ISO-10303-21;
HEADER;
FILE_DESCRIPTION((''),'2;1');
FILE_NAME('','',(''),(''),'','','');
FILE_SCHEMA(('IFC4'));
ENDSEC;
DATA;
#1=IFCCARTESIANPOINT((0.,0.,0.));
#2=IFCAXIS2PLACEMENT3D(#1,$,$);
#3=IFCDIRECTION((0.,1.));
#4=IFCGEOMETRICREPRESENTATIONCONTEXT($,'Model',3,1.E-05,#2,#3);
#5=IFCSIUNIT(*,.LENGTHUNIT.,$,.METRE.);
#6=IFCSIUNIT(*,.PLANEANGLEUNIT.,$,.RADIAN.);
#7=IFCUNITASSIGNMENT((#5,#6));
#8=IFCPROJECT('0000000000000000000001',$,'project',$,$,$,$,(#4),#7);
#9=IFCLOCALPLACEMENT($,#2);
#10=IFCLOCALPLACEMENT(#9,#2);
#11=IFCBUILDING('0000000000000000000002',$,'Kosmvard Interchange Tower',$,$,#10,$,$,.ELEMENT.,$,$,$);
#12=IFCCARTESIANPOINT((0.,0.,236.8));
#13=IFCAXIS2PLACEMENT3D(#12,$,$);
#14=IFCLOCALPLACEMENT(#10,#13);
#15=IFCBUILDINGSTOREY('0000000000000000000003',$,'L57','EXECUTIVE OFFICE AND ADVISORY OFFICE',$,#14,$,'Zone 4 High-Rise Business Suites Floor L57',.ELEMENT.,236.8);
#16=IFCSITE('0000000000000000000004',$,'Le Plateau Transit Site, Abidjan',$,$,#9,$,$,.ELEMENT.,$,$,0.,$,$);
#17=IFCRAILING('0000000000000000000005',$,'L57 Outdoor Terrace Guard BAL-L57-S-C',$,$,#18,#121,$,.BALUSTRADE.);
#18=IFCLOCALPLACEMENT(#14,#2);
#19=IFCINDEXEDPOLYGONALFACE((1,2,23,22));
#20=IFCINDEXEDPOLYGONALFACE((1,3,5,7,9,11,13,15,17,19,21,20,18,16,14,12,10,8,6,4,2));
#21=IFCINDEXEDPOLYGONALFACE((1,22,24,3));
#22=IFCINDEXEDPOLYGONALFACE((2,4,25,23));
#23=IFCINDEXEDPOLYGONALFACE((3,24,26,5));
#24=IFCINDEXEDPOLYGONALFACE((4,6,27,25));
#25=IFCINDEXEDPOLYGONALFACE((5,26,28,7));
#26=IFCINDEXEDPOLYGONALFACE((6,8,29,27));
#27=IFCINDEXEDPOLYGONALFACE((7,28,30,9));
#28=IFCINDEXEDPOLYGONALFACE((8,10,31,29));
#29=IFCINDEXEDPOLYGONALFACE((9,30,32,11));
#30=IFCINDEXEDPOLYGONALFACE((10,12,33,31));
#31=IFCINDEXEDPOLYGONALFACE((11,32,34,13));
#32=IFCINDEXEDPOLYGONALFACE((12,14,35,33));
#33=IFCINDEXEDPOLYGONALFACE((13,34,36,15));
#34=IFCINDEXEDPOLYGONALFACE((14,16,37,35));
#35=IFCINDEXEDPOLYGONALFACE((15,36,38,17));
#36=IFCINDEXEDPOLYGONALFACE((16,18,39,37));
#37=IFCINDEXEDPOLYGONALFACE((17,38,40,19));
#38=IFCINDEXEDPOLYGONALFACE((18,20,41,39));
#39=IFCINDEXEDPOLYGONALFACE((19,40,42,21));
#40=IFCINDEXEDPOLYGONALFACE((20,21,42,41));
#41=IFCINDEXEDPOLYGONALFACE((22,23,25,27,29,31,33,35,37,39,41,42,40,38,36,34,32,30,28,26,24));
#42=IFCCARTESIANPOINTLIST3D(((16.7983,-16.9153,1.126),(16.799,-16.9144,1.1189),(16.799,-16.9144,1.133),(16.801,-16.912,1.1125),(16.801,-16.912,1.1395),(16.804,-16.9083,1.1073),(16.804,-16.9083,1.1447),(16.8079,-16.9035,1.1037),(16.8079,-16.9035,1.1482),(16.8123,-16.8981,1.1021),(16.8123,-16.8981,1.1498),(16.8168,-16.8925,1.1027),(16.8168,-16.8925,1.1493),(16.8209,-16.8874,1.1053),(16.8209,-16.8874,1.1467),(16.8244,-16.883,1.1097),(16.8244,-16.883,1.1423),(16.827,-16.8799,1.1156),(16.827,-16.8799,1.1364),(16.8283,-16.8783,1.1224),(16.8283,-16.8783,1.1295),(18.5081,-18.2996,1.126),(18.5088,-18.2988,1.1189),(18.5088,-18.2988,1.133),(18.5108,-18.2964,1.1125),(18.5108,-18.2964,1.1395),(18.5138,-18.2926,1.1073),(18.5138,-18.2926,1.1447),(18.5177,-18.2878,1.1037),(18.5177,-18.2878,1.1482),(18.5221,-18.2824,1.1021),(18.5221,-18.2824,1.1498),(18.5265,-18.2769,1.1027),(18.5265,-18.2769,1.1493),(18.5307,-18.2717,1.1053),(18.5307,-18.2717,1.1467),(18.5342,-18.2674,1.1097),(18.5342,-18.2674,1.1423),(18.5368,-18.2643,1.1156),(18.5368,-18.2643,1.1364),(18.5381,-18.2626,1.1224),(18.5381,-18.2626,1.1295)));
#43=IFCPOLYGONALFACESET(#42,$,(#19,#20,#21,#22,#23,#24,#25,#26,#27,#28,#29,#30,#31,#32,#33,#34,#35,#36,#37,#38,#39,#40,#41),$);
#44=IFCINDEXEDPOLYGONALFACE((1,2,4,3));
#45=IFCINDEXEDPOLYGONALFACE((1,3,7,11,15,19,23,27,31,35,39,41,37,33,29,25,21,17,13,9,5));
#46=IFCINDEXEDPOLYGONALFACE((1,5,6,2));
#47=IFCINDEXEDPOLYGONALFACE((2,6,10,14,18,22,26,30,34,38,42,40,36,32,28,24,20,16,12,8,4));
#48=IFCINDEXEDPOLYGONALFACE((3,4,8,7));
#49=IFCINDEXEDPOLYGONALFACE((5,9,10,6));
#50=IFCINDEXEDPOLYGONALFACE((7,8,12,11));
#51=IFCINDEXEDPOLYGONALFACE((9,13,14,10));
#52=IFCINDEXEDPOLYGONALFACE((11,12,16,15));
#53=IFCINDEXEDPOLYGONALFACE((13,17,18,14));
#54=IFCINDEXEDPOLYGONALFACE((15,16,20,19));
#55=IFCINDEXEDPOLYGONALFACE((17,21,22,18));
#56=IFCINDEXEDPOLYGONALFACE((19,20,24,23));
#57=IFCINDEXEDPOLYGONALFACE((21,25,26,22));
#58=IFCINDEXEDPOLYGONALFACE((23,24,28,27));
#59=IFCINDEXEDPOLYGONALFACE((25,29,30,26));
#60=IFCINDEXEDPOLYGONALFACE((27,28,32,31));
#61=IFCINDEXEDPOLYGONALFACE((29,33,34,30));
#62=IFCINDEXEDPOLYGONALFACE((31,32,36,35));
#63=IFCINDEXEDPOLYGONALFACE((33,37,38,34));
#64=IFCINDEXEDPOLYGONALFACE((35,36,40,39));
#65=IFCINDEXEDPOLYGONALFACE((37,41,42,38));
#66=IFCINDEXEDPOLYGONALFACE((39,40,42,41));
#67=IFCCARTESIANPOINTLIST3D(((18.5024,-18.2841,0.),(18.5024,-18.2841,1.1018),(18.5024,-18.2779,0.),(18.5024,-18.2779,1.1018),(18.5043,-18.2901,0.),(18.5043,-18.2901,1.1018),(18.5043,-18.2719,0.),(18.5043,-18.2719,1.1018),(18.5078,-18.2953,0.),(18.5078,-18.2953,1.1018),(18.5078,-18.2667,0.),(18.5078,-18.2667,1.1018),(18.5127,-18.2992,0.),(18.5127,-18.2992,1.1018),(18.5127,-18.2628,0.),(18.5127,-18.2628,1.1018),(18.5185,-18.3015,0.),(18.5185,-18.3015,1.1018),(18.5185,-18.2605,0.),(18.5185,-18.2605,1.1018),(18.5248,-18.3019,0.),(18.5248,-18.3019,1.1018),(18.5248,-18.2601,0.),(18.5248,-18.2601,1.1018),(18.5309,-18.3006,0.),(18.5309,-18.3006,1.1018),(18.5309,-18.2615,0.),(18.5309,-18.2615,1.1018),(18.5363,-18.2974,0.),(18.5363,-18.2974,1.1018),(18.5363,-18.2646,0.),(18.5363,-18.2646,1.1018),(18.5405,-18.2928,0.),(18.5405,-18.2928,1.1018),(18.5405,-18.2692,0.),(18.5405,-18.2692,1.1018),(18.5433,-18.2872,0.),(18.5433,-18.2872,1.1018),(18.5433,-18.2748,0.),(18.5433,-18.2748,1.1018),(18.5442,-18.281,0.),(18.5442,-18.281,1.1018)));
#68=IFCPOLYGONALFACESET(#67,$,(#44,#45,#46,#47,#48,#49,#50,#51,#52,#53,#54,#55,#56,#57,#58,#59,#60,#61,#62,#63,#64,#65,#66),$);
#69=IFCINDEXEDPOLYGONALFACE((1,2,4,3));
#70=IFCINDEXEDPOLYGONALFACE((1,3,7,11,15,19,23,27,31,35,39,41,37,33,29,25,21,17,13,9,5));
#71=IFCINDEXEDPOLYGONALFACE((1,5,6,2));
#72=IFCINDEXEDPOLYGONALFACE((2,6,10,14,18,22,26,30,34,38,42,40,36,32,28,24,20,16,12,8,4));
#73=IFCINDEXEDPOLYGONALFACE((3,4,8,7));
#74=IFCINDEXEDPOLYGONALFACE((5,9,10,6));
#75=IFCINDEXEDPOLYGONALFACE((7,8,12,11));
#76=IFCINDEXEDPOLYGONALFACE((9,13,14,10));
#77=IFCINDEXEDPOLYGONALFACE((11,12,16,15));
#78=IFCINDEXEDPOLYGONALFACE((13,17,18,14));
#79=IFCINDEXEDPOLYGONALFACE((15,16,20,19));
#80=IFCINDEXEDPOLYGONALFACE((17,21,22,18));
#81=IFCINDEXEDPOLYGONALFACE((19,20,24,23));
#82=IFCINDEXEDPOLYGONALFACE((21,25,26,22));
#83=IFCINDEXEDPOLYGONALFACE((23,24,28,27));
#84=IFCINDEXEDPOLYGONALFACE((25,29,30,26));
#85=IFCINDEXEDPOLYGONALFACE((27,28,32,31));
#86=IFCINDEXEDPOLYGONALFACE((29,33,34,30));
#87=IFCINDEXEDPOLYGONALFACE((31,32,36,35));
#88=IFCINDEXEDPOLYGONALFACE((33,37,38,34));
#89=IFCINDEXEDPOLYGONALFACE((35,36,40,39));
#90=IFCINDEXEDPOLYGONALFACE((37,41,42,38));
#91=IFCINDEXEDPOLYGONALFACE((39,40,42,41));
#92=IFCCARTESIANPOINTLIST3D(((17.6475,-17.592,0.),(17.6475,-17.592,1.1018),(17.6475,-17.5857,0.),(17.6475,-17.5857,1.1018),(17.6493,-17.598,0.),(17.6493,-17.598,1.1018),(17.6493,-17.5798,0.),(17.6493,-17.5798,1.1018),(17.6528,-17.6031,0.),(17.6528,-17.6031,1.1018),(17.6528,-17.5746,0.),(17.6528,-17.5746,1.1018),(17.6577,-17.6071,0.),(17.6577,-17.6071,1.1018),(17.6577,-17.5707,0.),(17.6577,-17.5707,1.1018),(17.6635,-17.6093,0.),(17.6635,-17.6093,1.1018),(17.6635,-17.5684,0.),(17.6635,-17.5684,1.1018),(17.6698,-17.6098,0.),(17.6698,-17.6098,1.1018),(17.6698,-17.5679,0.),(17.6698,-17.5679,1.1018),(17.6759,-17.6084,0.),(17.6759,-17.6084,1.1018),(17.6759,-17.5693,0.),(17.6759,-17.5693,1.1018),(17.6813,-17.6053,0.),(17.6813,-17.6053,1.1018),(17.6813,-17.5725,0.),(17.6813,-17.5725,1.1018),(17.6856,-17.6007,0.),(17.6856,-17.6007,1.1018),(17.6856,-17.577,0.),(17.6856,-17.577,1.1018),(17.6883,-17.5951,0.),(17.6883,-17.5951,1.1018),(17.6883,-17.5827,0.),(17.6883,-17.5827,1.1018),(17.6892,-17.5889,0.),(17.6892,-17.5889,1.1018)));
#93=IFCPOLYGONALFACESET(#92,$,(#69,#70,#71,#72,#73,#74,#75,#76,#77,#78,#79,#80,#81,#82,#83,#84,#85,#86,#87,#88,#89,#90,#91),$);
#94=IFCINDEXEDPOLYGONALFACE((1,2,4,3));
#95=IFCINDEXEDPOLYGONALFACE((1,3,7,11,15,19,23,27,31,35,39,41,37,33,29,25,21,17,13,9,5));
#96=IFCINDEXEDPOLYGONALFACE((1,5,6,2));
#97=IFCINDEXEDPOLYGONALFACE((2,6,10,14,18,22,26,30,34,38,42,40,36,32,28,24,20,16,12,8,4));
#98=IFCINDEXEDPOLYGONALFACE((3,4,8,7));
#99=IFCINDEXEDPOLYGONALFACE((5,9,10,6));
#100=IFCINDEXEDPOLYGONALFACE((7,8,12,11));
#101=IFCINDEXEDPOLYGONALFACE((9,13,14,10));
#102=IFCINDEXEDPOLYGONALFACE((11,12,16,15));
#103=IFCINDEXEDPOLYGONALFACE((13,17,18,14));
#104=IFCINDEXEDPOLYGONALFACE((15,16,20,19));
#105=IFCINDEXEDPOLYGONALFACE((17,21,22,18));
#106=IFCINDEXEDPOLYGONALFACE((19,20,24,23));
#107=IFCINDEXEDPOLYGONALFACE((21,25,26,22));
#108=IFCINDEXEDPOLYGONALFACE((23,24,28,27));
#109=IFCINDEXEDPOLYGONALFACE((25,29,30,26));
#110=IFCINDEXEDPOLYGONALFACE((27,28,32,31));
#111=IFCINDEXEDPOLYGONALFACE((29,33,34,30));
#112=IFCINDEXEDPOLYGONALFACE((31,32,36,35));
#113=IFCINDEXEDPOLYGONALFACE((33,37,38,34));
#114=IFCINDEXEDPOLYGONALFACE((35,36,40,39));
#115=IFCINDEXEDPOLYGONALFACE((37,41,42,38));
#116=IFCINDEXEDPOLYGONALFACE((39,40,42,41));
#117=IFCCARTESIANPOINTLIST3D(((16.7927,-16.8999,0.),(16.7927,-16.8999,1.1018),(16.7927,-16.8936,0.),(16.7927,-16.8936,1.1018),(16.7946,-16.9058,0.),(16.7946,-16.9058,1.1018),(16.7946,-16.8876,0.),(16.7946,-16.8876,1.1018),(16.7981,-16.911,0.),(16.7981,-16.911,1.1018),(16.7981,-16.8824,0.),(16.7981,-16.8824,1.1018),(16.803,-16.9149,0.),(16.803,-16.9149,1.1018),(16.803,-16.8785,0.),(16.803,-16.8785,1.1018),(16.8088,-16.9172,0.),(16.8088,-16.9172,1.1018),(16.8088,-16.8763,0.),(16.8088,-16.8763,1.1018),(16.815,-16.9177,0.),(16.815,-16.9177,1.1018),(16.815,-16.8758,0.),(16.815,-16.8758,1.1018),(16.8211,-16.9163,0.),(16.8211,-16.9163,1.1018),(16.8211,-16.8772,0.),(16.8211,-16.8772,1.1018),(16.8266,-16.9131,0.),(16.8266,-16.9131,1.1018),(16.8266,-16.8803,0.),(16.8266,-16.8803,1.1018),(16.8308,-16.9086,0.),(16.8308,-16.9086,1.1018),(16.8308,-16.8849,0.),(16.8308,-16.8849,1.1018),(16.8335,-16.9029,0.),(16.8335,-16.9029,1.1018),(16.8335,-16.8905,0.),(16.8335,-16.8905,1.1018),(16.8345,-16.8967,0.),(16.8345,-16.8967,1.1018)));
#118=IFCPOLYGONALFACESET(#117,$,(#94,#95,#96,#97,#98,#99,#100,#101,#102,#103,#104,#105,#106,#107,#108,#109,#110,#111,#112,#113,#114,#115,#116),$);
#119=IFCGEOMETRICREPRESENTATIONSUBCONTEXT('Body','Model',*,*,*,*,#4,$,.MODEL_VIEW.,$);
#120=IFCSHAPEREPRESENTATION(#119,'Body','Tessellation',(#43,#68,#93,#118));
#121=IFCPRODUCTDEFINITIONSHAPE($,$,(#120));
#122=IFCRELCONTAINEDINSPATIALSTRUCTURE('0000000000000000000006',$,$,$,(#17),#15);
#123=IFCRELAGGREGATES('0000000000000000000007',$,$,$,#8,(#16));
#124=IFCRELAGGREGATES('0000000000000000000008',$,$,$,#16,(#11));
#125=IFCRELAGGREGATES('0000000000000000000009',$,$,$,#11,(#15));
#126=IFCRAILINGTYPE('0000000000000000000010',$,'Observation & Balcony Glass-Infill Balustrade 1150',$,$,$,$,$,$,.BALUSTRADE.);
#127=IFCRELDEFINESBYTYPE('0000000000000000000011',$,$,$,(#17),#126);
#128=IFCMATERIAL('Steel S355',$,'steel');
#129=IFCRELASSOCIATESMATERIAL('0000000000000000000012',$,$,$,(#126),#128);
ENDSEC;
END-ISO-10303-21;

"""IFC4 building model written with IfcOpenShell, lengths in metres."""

from ifc_helpers import new_model, si_unit, direction, frame, origin, origin_2d, place, context, subcontext, project, spatial, circle, extrude, source, transform, mapped, material, type_object, element, save


model = new_model("IFC4")

# Units and contexts
model_context = context("Model", 3, precision=1e-05, world=origin(), true_north=direction((0.0, 1.0)))
body_context = subcontext(model_context, "Body", "Model", "MODEL_VIEW")
ifc_project = project(units=[si_unit("LENGTHUNIT", "METRE"), si_unit("PLANEANGLEUNIT", "RADIAN")], contexts=[model_context])

# Site, building, storey
site_placement = place(None, origin())
site = spatial("IfcSite", under=ifc_project, at=site_placement, Name="Le Plateau Transit Site, Abidjan", CompositionType="ELEMENT", RefElevation=0.0)
building_placement = place(site_placement, origin())
building = spatial("IfcBuilding", under=site, at=building_placement, Name="Kosmvard Interchange Tower", CompositionType="ELEMENT")
storey_placement = place(building_placement, frame((0.0, 0.0, 236.8)))
storey = spatial("IfcBuildingStorey", under=building, at=storey_placement, Name="L57", Description="EXECUTIVE OFFICE AND ADVISORY OFFICE", LongName="Zone 4 High-Rise Business Suites Floor L57", CompositionType="ELEMENT", Elevation=236.8)

# Shared definitions
ifc_material_1 = material(Name="Steel S355", Category="steel")

# Railing
railing_type = type_object("IfcRailingType", Name="Observation & Balcony Glass-Infill Balustrade 1150", PredefinedType="BALUSTRADE", material=ifc_material_1)
shared_shape_1 = source(origin(), body_context, "Body", "SweptSolid", [
    extrude(circle(Radius=0.0239, at=origin_2d()), frame((0.0, 0.0, 1.126), z_axis=(-0.777196, 0.629259, 0.0), x_axis=(-0.629259, -0.777196, 0.0)), (0.0, 0.0, 1.0), 2.2),
    extrude(circle(Radius=0.021, at=origin_2d()), origin(), (0.0, 0.0, 1.0), 1.1018),
    extrude(circle(Radius=0.021, at=origin_2d()), frame((-0.855, 0.6921, 0.0)), (0.0, 0.0, 1.0), 1.1018),
    extrude(circle(Radius=0.021, at=origin_2d()), frame((-1.7097, 1.3843, 0.0)), (0.0, 0.0, 1.0), 1.1018),
])
railing_1_placement = place(storey_placement, frame((18.5232, -18.281, 0.0)))
element("IfcRailing", 1, at=railing_1_placement, inside=storey, type_object=railing_type, Name="L57 Outdoor Terrace Guard BAL-L57-S-C", PredefinedType="BALUSTRADE", context=body_context, shape_type="MappedRepresentation", body=[
    mapped(shared_shape_1, transform((0.0, 0.0, 0.0), scale=1.0)),
])

save(model, "model.ifc")
